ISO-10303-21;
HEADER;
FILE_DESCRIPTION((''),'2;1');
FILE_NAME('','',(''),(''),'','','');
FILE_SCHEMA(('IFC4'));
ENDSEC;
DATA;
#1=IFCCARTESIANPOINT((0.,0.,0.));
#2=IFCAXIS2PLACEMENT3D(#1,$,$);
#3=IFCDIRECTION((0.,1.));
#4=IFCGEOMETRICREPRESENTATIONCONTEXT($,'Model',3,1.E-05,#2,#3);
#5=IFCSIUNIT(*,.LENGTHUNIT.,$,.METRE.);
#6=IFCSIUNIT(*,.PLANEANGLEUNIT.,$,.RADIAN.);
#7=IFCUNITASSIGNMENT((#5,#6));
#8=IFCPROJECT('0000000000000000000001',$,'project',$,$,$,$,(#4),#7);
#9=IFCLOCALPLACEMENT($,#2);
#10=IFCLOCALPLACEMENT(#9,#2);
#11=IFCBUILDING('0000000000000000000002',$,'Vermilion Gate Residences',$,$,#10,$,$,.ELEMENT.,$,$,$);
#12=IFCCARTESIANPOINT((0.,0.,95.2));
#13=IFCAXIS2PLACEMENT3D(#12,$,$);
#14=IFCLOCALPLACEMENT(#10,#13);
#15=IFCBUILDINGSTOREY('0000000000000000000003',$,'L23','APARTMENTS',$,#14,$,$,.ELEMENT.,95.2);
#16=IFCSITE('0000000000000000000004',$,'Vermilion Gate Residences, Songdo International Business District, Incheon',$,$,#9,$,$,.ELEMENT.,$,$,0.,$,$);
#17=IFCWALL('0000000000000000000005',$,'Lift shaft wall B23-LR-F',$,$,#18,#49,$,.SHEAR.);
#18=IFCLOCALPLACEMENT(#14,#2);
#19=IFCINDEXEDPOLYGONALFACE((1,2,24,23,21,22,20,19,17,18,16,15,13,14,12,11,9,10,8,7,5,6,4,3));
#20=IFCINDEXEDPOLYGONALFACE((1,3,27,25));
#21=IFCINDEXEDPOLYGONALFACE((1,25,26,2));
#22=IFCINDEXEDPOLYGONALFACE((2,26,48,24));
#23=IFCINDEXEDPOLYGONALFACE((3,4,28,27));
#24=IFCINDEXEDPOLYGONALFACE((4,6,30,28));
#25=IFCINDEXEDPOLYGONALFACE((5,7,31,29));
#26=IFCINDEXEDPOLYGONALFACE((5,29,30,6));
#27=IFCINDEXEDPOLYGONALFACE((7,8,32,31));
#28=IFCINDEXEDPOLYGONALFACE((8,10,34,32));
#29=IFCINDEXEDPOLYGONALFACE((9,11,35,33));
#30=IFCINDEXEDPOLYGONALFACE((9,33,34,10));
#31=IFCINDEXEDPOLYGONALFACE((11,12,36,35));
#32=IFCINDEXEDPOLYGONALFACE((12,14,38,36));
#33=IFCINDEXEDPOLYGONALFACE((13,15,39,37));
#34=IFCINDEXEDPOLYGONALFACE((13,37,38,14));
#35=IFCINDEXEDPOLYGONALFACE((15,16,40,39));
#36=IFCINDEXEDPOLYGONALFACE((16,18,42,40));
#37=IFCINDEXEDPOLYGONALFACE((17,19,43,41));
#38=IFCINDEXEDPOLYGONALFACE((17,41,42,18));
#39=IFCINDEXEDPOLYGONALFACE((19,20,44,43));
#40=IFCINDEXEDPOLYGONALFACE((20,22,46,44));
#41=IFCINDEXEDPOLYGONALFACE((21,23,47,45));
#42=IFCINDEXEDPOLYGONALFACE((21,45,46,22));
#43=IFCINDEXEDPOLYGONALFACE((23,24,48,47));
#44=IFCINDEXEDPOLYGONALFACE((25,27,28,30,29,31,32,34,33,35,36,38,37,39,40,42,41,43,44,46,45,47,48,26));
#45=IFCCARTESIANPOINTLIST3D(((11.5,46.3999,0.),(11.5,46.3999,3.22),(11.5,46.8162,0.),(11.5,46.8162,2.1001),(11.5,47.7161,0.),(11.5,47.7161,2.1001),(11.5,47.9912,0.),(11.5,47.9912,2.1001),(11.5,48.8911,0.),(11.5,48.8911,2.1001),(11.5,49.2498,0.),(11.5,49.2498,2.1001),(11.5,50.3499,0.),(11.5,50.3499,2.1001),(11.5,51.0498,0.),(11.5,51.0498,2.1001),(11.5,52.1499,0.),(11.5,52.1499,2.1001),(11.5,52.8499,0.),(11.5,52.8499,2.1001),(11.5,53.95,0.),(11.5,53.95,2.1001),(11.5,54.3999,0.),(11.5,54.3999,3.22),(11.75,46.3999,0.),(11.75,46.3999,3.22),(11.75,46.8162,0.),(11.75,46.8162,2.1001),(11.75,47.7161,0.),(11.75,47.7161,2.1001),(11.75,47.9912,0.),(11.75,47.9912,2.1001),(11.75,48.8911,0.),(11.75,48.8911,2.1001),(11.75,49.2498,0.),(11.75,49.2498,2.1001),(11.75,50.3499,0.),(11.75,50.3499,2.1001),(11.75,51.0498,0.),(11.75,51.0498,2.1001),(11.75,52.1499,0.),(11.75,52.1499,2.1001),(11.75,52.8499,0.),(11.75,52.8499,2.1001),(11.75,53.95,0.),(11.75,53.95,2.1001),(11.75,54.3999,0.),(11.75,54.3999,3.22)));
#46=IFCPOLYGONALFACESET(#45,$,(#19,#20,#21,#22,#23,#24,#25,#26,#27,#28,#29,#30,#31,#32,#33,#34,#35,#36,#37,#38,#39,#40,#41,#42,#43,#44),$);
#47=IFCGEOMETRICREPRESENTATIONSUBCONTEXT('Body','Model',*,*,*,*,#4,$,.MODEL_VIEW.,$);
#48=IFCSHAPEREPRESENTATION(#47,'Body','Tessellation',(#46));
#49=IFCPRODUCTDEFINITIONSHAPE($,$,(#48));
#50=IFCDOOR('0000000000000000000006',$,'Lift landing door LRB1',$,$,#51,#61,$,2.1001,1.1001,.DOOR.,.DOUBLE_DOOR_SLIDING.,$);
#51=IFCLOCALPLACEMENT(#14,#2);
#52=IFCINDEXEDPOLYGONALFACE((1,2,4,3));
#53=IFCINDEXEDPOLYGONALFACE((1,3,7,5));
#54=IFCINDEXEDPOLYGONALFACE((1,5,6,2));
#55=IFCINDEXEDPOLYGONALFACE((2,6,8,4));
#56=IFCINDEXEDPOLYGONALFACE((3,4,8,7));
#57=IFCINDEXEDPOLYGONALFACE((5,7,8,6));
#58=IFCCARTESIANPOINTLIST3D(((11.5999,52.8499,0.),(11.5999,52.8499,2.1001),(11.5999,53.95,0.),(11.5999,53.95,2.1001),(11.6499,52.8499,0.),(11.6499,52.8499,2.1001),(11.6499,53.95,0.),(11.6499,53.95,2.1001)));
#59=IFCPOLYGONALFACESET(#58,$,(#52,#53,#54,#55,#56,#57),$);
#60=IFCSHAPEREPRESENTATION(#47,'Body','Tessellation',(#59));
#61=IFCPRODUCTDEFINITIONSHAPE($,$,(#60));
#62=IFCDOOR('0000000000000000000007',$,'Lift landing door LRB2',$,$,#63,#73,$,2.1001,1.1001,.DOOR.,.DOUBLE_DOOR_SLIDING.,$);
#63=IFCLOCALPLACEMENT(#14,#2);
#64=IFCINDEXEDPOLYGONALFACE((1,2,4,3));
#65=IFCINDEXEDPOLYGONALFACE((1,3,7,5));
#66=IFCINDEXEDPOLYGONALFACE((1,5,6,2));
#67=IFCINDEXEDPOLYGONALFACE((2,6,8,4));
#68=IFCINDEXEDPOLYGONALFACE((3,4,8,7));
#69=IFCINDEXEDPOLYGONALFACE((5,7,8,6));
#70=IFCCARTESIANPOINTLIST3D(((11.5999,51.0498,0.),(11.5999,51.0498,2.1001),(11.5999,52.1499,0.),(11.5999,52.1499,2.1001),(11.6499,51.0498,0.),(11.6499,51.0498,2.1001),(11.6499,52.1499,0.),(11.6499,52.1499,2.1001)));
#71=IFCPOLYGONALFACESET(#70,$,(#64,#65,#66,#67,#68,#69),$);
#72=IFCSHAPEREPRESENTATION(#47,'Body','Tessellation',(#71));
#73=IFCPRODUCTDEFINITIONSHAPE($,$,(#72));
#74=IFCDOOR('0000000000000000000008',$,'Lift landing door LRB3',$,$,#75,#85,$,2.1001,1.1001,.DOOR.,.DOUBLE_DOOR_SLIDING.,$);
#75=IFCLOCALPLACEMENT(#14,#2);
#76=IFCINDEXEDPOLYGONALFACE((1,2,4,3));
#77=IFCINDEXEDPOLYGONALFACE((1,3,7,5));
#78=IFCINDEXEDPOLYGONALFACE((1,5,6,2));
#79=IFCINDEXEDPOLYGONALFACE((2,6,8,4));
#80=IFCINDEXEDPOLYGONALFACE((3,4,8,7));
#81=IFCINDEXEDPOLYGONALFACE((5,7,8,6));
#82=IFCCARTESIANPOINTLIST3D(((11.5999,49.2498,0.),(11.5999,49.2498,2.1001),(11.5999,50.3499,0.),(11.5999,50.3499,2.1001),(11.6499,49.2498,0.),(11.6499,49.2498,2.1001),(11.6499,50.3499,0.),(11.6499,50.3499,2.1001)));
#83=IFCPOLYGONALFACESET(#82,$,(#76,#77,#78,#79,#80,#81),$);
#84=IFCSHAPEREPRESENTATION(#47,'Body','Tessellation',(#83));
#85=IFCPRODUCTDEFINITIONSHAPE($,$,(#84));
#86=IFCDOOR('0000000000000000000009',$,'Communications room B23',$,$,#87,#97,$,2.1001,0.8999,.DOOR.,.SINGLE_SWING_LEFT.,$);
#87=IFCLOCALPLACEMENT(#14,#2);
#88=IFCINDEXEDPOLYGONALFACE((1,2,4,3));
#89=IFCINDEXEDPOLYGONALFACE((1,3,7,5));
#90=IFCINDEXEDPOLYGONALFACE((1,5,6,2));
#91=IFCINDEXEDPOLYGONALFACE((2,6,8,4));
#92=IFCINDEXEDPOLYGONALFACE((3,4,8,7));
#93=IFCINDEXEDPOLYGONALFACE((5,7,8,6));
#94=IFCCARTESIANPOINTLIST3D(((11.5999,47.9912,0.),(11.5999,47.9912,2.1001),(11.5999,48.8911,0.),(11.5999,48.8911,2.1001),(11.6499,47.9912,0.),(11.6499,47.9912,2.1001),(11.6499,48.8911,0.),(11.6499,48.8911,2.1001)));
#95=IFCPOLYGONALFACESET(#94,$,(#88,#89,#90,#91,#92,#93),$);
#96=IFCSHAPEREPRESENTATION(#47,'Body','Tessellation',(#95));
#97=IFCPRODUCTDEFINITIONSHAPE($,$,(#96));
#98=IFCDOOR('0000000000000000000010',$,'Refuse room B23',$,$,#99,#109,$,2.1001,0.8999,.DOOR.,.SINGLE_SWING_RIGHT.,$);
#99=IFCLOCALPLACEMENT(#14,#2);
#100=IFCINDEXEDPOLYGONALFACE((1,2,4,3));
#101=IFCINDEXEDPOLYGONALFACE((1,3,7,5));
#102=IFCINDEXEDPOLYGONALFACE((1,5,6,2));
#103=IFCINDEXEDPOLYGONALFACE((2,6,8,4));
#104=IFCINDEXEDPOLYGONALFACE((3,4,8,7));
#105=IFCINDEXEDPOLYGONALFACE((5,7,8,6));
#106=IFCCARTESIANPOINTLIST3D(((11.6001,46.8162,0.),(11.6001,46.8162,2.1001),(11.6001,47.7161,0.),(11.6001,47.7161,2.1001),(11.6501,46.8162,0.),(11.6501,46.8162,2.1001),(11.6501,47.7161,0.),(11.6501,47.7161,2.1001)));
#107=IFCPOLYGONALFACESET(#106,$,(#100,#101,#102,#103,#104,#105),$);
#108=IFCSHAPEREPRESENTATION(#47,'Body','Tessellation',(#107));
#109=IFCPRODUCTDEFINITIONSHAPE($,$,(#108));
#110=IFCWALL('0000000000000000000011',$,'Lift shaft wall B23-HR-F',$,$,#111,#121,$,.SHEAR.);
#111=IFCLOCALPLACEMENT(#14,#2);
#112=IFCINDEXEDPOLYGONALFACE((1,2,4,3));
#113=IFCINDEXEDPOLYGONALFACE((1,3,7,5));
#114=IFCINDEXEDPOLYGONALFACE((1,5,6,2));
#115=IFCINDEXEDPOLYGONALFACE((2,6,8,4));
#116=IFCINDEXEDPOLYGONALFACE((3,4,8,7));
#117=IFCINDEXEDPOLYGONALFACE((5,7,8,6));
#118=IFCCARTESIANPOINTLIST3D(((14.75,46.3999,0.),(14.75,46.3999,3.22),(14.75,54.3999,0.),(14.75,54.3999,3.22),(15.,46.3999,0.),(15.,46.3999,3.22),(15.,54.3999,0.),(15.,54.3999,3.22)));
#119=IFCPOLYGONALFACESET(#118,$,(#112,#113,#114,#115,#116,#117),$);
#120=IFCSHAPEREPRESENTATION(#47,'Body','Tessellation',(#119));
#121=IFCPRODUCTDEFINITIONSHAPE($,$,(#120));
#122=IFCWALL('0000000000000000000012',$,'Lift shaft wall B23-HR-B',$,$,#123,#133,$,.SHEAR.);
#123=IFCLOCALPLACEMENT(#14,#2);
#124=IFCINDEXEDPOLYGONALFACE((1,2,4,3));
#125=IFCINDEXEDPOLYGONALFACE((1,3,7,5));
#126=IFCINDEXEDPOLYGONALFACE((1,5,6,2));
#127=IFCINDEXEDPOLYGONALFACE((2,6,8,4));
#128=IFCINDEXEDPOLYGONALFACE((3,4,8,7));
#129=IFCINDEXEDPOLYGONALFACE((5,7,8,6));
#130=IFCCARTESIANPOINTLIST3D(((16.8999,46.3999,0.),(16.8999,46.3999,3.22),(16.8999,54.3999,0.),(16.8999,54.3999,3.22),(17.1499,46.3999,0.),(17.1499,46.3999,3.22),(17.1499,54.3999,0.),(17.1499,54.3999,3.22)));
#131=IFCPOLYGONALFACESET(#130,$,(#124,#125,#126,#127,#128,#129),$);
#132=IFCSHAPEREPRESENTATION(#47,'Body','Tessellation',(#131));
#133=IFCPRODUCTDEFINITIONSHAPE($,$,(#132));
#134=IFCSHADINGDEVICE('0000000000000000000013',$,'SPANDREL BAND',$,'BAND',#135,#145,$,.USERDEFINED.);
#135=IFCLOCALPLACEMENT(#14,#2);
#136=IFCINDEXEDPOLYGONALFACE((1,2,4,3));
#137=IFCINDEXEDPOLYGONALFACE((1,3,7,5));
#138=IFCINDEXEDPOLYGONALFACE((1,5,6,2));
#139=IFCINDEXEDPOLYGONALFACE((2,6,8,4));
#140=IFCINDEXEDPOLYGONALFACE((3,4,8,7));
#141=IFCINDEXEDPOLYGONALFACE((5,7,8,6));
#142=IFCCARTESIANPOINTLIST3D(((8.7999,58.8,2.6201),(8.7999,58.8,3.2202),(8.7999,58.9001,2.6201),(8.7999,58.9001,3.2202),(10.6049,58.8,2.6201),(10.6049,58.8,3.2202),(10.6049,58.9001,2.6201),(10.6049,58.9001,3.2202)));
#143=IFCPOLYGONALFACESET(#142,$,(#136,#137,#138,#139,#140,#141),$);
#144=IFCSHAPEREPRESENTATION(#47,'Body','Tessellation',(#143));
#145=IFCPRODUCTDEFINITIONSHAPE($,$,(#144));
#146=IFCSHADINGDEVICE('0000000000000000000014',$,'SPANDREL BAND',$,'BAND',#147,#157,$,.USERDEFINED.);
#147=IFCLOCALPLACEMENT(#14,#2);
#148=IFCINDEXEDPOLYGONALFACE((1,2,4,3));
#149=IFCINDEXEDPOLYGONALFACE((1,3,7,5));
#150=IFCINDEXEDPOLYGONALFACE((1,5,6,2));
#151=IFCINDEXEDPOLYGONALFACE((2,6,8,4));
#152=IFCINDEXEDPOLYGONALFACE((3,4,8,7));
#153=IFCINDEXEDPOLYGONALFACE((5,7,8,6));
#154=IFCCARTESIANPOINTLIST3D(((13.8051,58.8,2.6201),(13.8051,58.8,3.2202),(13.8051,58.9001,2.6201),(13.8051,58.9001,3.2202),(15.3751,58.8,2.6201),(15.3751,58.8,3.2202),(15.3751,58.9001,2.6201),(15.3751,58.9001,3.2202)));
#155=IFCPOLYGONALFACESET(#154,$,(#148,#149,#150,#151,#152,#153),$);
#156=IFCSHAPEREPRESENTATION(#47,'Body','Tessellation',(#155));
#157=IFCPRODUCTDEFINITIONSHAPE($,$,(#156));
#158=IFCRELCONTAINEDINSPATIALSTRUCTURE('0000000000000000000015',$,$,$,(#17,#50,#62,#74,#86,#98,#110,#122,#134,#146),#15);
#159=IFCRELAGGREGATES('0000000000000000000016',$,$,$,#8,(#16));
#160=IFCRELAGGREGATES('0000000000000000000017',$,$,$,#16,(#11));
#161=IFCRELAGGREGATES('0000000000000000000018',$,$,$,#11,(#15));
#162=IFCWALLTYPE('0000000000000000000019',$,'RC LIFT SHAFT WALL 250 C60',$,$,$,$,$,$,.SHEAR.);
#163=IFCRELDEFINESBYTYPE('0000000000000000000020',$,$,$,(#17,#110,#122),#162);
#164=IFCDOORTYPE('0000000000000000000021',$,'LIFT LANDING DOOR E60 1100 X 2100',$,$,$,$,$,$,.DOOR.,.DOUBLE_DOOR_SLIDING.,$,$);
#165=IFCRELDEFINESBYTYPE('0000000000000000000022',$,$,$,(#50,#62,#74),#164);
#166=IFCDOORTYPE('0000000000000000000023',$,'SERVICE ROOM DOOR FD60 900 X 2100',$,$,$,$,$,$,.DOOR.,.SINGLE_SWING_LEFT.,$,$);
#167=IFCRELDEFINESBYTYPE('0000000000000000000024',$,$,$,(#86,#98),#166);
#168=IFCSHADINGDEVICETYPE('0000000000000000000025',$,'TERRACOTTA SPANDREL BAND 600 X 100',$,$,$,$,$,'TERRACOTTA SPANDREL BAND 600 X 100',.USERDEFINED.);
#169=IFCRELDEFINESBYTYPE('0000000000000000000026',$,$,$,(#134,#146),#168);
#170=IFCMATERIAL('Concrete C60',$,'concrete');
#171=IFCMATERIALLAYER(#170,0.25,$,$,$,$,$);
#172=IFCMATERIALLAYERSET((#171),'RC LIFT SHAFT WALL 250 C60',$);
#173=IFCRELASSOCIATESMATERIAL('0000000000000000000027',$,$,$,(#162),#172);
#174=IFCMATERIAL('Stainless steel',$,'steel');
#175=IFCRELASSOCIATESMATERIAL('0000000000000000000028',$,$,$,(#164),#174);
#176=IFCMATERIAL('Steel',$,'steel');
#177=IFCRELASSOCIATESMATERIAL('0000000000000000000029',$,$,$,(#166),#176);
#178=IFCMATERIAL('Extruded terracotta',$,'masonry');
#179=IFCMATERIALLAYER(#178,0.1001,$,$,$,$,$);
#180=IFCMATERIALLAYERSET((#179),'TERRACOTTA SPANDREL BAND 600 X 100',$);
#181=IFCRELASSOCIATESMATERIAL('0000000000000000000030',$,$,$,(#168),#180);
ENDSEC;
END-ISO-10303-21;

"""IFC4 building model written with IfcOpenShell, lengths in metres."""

from ifc_helpers import new_model, si_unit, direction, frame, frame_2d, origin, origin_2d, place, context, subcontext, project, spatial, rectangle, extrude, material, layer, layer_set, type_object, element, fill, save


model = new_model("IFC4")

# Units and contexts
model_context = context("Model", 3, precision=1e-05, world=origin(), true_north=direction((0.0, 1.0)))
body_context = subcontext(model_context, "Body", "Model", "MODEL_VIEW")
ifc_project = project(units=[si_unit("LENGTHUNIT", "METRE"), si_unit("PLANEANGLEUNIT", "RADIAN")], contexts=[model_context])

# Site, building, storey
site_placement = place(None, origin())
site = spatial("IfcSite", under=ifc_project, at=site_placement, Name="Vermilion Gate Residences, Songdo International Business District, Incheon", CompositionType="ELEMENT", RefElevation=0.0)
building_placement = place(site_placement, origin())
building = spatial("IfcBuilding", under=site, at=building_placement, Name="Vermilion Gate Residences", CompositionType="ELEMENT")
storey_placement = place(building_placement, frame((0.0, 0.0, 95.2)))
storey = spatial("IfcBuildingStorey", under=building, at=storey_placement, Name="L23", Description="APARTMENTS", CompositionType="ELEMENT", Elevation=95.2)

# Wall, openings, doors
ifc_material_1 = material(Name="Concrete C60", Category="concrete")
ifc_layer_1 = layer(ifc_material_1, 0.25)
ifc_layer_set_1 = layer_set([ifc_layer_1], Name="RC LIFT SHAFT WALL 250 C60")
wall_type_1 = type_object("IfcWallType", Name="RC LIFT SHAFT WALL 250 C60", PredefinedType="SHEAR", material=ifc_layer_set_1)
wall_1_placement = place(storey_placement, frame((11.625, 54.3999, 0.0), z_axis=(0.0, 0.0, 1.0), x_axis=(0.0, -1.0, 0.0)))
wall_1 = element("IfcWall", 1, at=wall_1_placement, inside=storey, type_object=wall_type_1, Name="Lift shaft wall B23-LR-F", PredefinedType="SHEAR", context=body_context, shape_type="SweptSolid", body=[
    extrude(rectangle(XDim=8.0, YDim=0.25, at=frame_2d((4.0, 0.0))), origin(), (0.0, 0.0, 1.0), 3.22),
])
opening_1_placement = place(wall_1_placement, frame((0.45, 0.0, 0.0)))
opening_1 = element("IfcOpeningElement", 2, at=opening_1_placement, cuts=wall_1, PredefinedType="OPENING", context=body_context, shape_type="SweptSolid", body=[
    extrude(rectangle(XDim=1.1001, YDim=2.1001, at=frame_2d((0.55, 1.05))), frame((0.0, 0.135, 0.0), z_axis=(0.0, -1.0, 0.0), x_axis=(1.0, 0.0, 0.0)), (0.0, 0.0, 1.0), 0.27),
])
opening_2_placement = place(wall_1_placement, frame((2.25, 0.0, 0.0)))
opening_2 = element("IfcOpeningElement", 3, at=opening_2_placement, cuts=wall_1, PredefinedType="OPENING", context=body_context, shape_type="SweptSolid", body=[
    extrude(rectangle(XDim=1.1001, YDim=2.1001, at=frame_2d((0.55, 1.05))), frame((0.0, 0.135, 0.0), z_axis=(0.0, -1.0, 0.0), x_axis=(1.0, 0.0, 0.0)), (0.0, 0.0, 1.0), 0.27),
])
opening_3_placement = place(wall_1_placement, frame((4.05, 0.0, 0.0)))
opening_3 = element("IfcOpeningElement", 4, at=opening_3_placement, cuts=wall_1, PredefinedType="OPENING", context=body_context, shape_type="SweptSolid", body=[
    extrude(rectangle(XDim=1.1001, YDim=2.1001, at=frame_2d((0.55, 1.05))), frame((0.0, 0.135, 0.0), z_axis=(0.0, -1.0, 0.0), x_axis=(1.0, 0.0, 0.0)), (0.0, 0.0, 1.0), 0.27),
])
opening_4_placement = place(wall_1_placement, frame((5.5088, 0.0, 0.0)))
opening_4 = element("IfcOpeningElement", 5, at=opening_4_placement, cuts=wall_1, PredefinedType="OPENING", context=body_context, shape_type="SweptSolid", body=[
    extrude(rectangle(XDim=0.8999, YDim=2.1001, at=frame_2d((0.45, 1.05))), frame((0.0, 0.135, 0.0), z_axis=(0.0, -1.0, 0.0), x_axis=(1.0, 0.0, 0.0)), (0.0, 0.0, 1.0), 0.27),
])
opening_5_placement = place(wall_1_placement, frame((6.6838, 0.0, 0.0)))
opening_5 = element("IfcOpeningElement", 6, at=opening_5_placement, cuts=wall_1, PredefinedType="OPENING", context=body_context, shape_type="SweptSolid", body=[
    extrude(rectangle(XDim=0.8999, YDim=2.1001, at=frame_2d((0.45, 1.05))), frame((0.0, 0.135, 0.0), z_axis=(0.0, -1.0, 0.0), x_axis=(1.0, 0.0, 0.0)), (0.0, 0.0, 1.0), 0.27),
])
ifc_material_2 = material(Name="Stainless steel", Category="steel")
door_type_1 = type_object("IfcDoorType", Name="LIFT LANDING DOOR E60 1100 X 2100", OperationType="DOUBLE_DOOR_SLIDING", PredefinedType="DOOR", material=ifc_material_2)
door_1_placement = place(opening_1_placement, origin())
door_1 = element("IfcDoor", 7, at=door_1_placement, inside=storey, type_object=door_type_1, Name="Lift landing door LRB1", OperationType="DOUBLE_DOOR_SLIDING", OverallHeight=2.1001, OverallWidth=1.1001, PredefinedType="DOOR", context=body_context, shape_type="SweptSolid", body=[
    extrude(rectangle(XDim=1.1001, YDim=2.1001, at=frame_2d((0.55, 1.05))), frame((0.0, 0.0249, 0.0), z_axis=(0.0, -1.0, 0.0), x_axis=(1.0, 0.0, 0.0)), (0.0, 0.0, 1.0), 0.05),
])
fill(opening_1, door_1)
door_2_placement = place(opening_2_placement, origin())
door_2 = element("IfcDoor", 8, at=door_2_placement, inside=storey, type_object=door_type_1, Name="Lift landing door LRB2", OperationType="DOUBLE_DOOR_SLIDING", OverallHeight=2.1001, OverallWidth=1.1001, PredefinedType="DOOR", context=body_context, shape_type="SweptSolid", body=[
    extrude(rectangle(XDim=1.1001, YDim=2.1001, at=frame_2d((0.55, 1.05))), frame((0.0, 0.0249, 0.0), z_axis=(0.0, -1.0, 0.0), x_axis=(1.0, 0.0, 0.0)), (0.0, 0.0, 1.0), 0.05),
])
fill(opening_2, door_2)
door_3_placement = place(opening_3_placement, origin())
door_3 = element("IfcDoor", 9, at=door_3_placement, inside=storey, type_object=door_type_1, Name="Lift landing door LRB3", OperationType="DOUBLE_DOOR_SLIDING", OverallHeight=2.1001, OverallWidth=1.1001, PredefinedType="DOOR", context=body_context, shape_type="SweptSolid", body=[
    extrude(rectangle(XDim=1.1001, YDim=2.1001, at=frame_2d((0.55, 1.05))), frame((0.0, 0.0249, 0.0), z_axis=(0.0, -1.0, 0.0), x_axis=(1.0, 0.0, 0.0)), (0.0, 0.0, 1.0), 0.05),
])
fill(opening_3, door_3)
ifc_material_3 = material(Name="Steel", Category="steel")
door_type_2 = type_object("IfcDoorType", Name="SERVICE ROOM DOOR FD60 900 X 2100", OperationType="SINGLE_SWING_LEFT", PredefinedType="DOOR", material=ifc_material_3)
door_4_placement = place(opening_4_placement, origin())
door_4 = element("IfcDoor", 10, at=door_4_placement, inside=storey, type_object=door_type_2, Name="Communications room B23", OperationType="SINGLE_SWING_LEFT", OverallHeight=2.1001, OverallWidth=0.8999, PredefinedType="DOOR", context=body_context, shape_type="SweptSolid", body=[
    extrude(rectangle(XDim=0.8999, YDim=2.1001, at=frame_2d((0.45, 1.05))), frame((0.0, 0.0249, 0.0), z_axis=(0.0, -1.0, 0.0), x_axis=(1.0, 0.0, 0.0)), (0.0, 0.0, 1.0), 0.05),
])
fill(opening_4, door_4)
door_5_placement = place(opening_5_placement, frame((0.8999, 0.0, 0.0), z_axis=(0.0, 0.0, 1.0), x_axis=(-1.0, 0.0, 0.0)))
door_5 = element("IfcDoor", 11, at=door_5_placement, inside=storey, type_object=door_type_2, Name="Refuse room B23", OperationType="SINGLE_SWING_RIGHT", OverallHeight=2.1001, OverallWidth=0.8999, PredefinedType="DOOR", context=body_context, shape_type="SweptSolid", body=[
    extrude(rectangle(XDim=0.8999, YDim=2.1001, at=frame_2d((0.45, 1.05))), frame((0.0, 0.0249, 0.0), z_axis=(0.0, -1.0, 0.0), x_axis=(1.0, 0.0, 0.0)), (0.0, 0.0, 1.0), 0.05),
])
fill(opening_5, door_5)

# Walls
for number, where, z_axis, x_axis, name in (
    (12, (14.875, 54.3999, 0.0), (0.0, 0.0, 1.0), (0.0, -1.0, 0.0), "Lift shaft wall B23-HR-F"),
    (13, (17.0249, 54.3999, 0.0), (0.0, 0.0, 1.0), (0.0, -1.0, 0.0), "Lift shaft wall B23-HR-B"),
):
    element("IfcWall", number, at=place(storey_placement, frame(where, z_axis=z_axis, x_axis=x_axis)), inside=storey, type_object=wall_type_1, Name=name, PredefinedType="SHEAR", context=body_context, shape_type="SweptSolid", body=[
        extrude(rectangle(XDim=8.0, YDim=0.25, at=frame_2d((4.0, 0.0))), origin(), (0.0, 0.0, 1.0), 3.22),
    ])

# Shading devices
ifc_material_4 = material(Name="Extruded terracotta", Category="masonry")
ifc_layer_2 = layer(ifc_material_4, 0.1001)
ifc_layer_set_2 = layer_set([ifc_layer_2], Name="TERRACOTTA SPANDREL BAND 600 X 100")
shading_device_type = type_object("IfcShadingDeviceType", Name="TERRACOTTA SPANDREL BAND 600 X 100", ElementType="TERRACOTTA SPANDREL BAND 600 X 100", PredefinedType="USERDEFINED", material=ifc_layer_set_2)
shading_device_1_placement = place(storey_placement, frame((9.7024, 58.8501, 2.6201), z_axis=(0.0, 0.0, 1.0), x_axis=(1.0, 0.0, 0.0)))
element("IfcShadingDevice", 14, at=shading_device_1_placement, inside=storey, type_object=shading_device_type, Name="SPANDREL BAND", ObjectType="BAND", PredefinedType="USERDEFINED", context=body_context, shape_type="SweptSolid", body=[
    extrude(rectangle(XDim=1.8049, YDim=0.1001, at=origin_2d()), origin(), (0.0, 0.0, 1.0), 0.6001),
])
shading_device_2_placement = place(storey_placement, frame((14.5901, 58.8501, 2.6201), z_axis=(0.0, 0.0, 1.0), x_axis=(1.0, 0.0, 0.0)))
element("IfcShadingDevice", 15, at=shading_device_2_placement, inside=storey, type_object=shading_device_type, Name="SPANDREL BAND", ObjectType="BAND", PredefinedType="USERDEFINED", context=body_context, shape_type="SweptSolid", body=[
    extrude(rectangle(XDim=1.5701, YDim=0.1001, at=origin_2d()), origin(), (0.0, 0.0, 1.0), 0.6001),
])

save(model, "model.ifc")
